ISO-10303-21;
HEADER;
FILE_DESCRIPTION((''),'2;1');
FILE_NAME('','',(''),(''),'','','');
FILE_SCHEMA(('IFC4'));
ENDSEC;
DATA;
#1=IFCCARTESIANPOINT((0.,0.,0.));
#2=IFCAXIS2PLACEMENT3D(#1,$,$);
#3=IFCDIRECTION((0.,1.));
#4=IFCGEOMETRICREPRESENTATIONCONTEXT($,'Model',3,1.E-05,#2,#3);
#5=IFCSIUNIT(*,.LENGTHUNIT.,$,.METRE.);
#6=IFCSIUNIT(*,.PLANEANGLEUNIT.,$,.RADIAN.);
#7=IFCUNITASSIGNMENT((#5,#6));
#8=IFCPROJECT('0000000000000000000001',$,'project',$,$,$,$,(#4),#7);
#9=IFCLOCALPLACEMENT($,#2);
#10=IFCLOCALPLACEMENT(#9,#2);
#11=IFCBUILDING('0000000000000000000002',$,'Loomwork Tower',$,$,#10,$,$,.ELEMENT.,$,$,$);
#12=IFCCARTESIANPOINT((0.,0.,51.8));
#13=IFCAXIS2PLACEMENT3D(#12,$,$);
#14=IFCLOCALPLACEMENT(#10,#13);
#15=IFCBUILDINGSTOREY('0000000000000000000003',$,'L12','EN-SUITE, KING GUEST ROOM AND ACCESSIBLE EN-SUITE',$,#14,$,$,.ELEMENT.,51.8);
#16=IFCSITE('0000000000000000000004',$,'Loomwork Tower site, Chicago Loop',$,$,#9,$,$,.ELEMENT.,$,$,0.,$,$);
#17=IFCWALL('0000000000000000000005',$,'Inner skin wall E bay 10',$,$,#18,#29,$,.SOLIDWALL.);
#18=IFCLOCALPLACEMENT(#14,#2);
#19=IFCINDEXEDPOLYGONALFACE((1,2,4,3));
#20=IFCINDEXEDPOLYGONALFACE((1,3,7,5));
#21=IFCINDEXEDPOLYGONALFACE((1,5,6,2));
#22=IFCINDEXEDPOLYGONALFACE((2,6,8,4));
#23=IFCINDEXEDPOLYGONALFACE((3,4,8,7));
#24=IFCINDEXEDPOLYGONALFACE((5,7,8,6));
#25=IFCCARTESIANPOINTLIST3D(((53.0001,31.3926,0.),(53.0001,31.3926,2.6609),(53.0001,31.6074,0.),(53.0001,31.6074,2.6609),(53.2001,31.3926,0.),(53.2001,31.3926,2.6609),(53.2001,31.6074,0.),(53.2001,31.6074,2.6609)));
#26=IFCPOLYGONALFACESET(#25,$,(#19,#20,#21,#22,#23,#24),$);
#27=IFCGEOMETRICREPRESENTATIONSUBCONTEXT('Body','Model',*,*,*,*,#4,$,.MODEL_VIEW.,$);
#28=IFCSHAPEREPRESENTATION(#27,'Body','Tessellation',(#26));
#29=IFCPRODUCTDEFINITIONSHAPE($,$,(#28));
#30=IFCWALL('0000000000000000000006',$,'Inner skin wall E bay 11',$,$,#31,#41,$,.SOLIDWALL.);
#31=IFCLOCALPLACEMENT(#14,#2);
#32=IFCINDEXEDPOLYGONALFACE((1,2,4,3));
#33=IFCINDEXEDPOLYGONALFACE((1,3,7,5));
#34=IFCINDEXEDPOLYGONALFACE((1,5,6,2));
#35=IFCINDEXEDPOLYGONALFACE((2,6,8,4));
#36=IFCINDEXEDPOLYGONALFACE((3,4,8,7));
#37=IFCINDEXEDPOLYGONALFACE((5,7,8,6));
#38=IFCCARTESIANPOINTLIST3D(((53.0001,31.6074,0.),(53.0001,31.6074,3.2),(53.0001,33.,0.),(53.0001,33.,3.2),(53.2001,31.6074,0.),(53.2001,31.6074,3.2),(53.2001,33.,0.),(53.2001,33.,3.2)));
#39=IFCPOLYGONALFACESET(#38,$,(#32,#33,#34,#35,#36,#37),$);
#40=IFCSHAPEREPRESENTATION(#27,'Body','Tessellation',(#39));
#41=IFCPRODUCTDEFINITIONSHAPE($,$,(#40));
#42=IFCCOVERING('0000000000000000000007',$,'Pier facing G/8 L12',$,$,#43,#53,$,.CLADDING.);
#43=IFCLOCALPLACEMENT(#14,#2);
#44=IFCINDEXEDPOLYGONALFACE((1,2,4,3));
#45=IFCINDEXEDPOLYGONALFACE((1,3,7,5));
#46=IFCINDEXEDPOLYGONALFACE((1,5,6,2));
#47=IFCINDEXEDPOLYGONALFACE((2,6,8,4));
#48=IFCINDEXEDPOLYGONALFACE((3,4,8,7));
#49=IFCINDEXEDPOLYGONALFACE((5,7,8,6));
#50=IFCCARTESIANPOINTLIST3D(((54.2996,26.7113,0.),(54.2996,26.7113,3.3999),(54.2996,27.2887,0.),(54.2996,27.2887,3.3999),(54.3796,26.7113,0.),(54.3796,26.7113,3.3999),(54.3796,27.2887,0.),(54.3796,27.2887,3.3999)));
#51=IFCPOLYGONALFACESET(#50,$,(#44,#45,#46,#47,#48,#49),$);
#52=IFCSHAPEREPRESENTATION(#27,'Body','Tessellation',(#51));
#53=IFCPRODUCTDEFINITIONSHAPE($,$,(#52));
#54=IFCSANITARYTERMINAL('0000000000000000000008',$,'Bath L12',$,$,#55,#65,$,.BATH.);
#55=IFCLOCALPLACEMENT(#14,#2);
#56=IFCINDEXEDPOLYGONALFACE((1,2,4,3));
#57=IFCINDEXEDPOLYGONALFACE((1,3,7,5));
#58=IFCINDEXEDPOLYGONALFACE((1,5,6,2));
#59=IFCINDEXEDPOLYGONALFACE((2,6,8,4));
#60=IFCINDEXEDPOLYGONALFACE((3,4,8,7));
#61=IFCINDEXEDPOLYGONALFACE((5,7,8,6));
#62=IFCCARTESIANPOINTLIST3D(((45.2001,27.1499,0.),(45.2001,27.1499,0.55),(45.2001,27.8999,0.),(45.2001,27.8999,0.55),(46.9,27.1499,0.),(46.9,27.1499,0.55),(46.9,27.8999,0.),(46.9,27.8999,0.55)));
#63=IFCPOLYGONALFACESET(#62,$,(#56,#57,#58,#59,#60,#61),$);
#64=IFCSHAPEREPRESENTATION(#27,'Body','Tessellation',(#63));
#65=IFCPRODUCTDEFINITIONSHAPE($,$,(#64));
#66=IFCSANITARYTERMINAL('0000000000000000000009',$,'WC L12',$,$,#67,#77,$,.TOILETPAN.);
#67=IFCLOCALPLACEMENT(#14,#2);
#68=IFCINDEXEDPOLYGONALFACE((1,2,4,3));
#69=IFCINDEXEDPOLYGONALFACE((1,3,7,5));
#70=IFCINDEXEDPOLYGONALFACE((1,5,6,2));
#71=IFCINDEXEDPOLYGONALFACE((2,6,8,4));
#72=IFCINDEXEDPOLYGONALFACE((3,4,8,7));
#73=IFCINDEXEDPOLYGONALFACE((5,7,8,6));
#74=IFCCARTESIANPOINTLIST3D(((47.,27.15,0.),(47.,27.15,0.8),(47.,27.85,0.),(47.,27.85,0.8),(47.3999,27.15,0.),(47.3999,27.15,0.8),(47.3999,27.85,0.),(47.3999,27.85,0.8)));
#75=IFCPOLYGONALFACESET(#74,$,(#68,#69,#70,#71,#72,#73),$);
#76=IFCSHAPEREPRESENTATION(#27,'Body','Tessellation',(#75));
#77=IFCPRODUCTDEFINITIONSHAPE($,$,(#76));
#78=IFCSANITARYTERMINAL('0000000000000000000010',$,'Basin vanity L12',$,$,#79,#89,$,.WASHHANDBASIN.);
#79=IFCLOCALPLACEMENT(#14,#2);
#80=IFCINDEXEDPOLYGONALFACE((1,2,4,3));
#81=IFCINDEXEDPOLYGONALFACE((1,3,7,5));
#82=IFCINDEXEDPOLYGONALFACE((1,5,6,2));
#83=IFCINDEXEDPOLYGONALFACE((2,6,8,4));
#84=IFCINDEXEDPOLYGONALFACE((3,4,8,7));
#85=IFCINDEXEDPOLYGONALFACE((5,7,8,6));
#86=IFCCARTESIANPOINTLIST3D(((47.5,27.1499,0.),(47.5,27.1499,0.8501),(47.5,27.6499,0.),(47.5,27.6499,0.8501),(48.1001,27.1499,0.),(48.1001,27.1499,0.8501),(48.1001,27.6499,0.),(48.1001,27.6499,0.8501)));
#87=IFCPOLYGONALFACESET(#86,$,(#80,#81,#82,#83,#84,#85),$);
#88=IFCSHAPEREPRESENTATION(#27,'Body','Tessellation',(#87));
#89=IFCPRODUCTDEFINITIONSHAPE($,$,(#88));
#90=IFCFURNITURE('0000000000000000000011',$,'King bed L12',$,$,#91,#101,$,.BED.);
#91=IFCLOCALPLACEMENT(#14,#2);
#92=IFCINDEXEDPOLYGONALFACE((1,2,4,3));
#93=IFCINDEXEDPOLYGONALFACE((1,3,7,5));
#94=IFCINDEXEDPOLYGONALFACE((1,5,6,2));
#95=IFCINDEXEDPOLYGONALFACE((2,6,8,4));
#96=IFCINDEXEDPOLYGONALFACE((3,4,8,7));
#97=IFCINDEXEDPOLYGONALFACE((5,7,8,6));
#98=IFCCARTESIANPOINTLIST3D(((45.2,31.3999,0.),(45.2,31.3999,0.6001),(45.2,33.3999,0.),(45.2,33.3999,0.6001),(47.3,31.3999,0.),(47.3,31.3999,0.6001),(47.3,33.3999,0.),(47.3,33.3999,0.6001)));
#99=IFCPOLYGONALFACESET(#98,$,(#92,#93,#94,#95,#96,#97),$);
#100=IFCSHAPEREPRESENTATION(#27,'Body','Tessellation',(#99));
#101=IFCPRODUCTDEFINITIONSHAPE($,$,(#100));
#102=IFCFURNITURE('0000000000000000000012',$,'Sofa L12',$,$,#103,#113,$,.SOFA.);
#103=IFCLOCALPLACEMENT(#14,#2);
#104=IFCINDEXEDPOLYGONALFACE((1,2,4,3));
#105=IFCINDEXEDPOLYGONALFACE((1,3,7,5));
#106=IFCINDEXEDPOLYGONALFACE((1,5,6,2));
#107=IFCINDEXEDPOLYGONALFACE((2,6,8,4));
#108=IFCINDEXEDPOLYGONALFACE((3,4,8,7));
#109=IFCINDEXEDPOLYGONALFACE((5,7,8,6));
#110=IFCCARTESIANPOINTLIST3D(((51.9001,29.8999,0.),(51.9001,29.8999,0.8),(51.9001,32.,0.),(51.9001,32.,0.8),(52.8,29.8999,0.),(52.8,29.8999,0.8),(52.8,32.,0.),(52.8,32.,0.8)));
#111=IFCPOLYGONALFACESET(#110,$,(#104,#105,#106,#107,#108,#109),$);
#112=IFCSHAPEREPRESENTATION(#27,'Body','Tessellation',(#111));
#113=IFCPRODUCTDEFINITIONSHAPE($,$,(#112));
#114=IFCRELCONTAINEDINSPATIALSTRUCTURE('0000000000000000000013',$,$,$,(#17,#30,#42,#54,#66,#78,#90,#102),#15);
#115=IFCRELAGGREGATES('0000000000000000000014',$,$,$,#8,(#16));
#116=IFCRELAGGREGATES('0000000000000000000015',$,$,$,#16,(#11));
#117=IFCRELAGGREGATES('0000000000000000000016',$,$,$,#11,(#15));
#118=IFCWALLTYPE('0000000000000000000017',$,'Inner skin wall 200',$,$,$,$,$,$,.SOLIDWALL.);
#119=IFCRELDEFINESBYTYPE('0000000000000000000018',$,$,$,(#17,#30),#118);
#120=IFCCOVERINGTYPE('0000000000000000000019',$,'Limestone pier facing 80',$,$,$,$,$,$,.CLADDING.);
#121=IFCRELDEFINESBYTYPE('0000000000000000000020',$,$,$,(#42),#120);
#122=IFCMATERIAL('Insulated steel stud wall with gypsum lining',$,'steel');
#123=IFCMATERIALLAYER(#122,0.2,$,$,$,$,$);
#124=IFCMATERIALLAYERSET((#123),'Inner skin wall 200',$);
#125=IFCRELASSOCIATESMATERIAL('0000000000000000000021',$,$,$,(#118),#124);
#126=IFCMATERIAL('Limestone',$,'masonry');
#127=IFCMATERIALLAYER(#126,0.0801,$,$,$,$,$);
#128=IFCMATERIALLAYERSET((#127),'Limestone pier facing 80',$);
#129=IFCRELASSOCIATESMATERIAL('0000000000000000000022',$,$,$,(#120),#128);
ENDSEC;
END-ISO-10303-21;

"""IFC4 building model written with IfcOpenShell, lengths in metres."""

from ifc_helpers import new_model, si_unit, direction, frame, frame_2d, origin, origin_2d, place, context, subcontext, project, spatial, rectangle, extrude, material, layer, layer_set, type_object, element, save


model = new_model("IFC4")

# Units and contexts
model_context = context("Model", 3, precision=1e-05, world=origin(), true_north=direction((0.0, 1.0)))
body_context = subcontext(model_context, "Body", "Model", "MODEL_VIEW")
ifc_project = project(units=[si_unit("LENGTHUNIT", "METRE"), si_unit("PLANEANGLEUNIT", "RADIAN")], contexts=[model_context])

# Site, building, storey
site_placement = place(None, origin())
site = spatial("IfcSite", under=ifc_project, at=site_placement, Name="Loomwork Tower site, Chicago Loop", CompositionType="ELEMENT", RefElevation=0.0)
building_placement = place(site_placement, origin())
building = spatial("IfcBuilding", under=site, at=building_placement, Name="Loomwork Tower", CompositionType="ELEMENT")
storey_placement = place(building_placement, frame((0.0, 0.0, 51.8)))
storey = spatial("IfcBuildingStorey", under=building, at=storey_placement, Name="L12", Description="EN-SUITE, KING GUEST ROOM AND ACCESSIBLE EN-SUITE", CompositionType="ELEMENT", Elevation=51.8)

# Walls
ifc_material_1 = material(Name="Insulated steel stud wall with gypsum lining", Category="steel")
ifc_layer_1 = layer(ifc_material_1, 0.2)
ifc_layer_set_1 = layer_set([ifc_layer_1], Name="Inner skin wall 200")
wall_type_1 = type_object("IfcWallType", Name="Inner skin wall 200", PredefinedType="SOLIDWALL", material=ifc_layer_set_1)
wall_1_placement = place(storey_placement, frame((53.1001, 31.3926, 0.0), z_axis=(0.0, 0.0, 1.0), x_axis=(0.0, 1.0, 0.0)))
element("IfcWall", 1, at=wall_1_placement, inside=storey, type_object=wall_type_1, Name="Inner skin wall E bay 10", PredefinedType="SOLIDWALL", context=body_context, shape_type="SweptSolid", body=[
    extrude(rectangle(XDim=0.2148, YDim=0.2, at=frame_2d((0.1074, 0.0))), origin(), (0.0, 0.0, 1.0), 2.6609),
])
wall_2_placement = place(storey_placement, frame((53.1001, 31.6074, 0.0), z_axis=(0.0, 0.0, 1.0), x_axis=(0.0, 1.0, 0.0)))
element("IfcWall", 2, at=wall_2_placement, inside=storey, type_object=wall_type_1, Name="Inner skin wall E bay 11", PredefinedType="SOLIDWALL", context=body_context, shape_type="SweptSolid", body=[
    extrude(rectangle(XDim=1.3926, YDim=0.2, at=frame_2d((0.6963, 0.0))), origin(), (0.0, 0.0, 1.0), 3.2),
])

# Covering
ifc_material_2 = material(Name="Limestone", Category="masonry")
ifc_layer_2 = layer(ifc_material_2, 0.0801)
ifc_layer_set_2 = layer_set([ifc_layer_2], Name="Limestone pier facing 80")
covering_type = type_object("IfcCoveringType", Name="Limestone pier facing 80", PredefinedType="CLADDING", material=ifc_layer_set_2)
covering_placement = place(storey_placement, frame((54.3396, 27.0, 0.0), z_axis=(0.0, 0.0, 1.0), x_axis=(1.0, 0.0, 0.0)))
element("IfcCovering", 3, at=covering_placement, inside=storey, type_object=covering_type, Name="Pier facing G/8 L12", PredefinedType="CLADDING", context=body_context, shape_type="SweptSolid", body=[
    extrude(rectangle(XDim=0.0801, YDim=0.5774, at=origin_2d()), origin(), (0.0, 0.0, 1.0), 3.3999),
])

# Sanitary terminals
sanitary_terminal_1_placement = place(storey_placement, frame((46.05, 27.5249, 0.0), z_axis=(0.0, 0.0, 1.0), x_axis=(1.0, 0.0, 0.0)))
element("IfcSanitaryTerminal", 4, at=sanitary_terminal_1_placement, inside=storey, Name="Bath L12", PredefinedType="BATH", context=body_context, shape_type="SweptSolid", body=[
    extrude(rectangle(XDim=1.7, YDim=0.75, at=origin_2d()), origin(), (0.0, 0.0, 1.0), 0.55),
])
sanitary_terminal_2_placement = place(storey_placement, frame((47.2, 27.5, 0.0), z_axis=(0.0, 0.0, 1.0), x_axis=(1.0, 0.0, 0.0)))
element("IfcSanitaryTerminal", 5, at=sanitary_terminal_2_placement, inside=storey, Name="WC L12", PredefinedType="TOILETPAN", context=body_context, shape_type="SweptSolid", body=[
    extrude(rectangle(XDim=0.3999, YDim=0.7, at=origin_2d()), origin(), (0.0, 0.0, 1.0), 0.8),
])
sanitary_terminal_3_placement = place(storey_placement, frame((47.8, 27.3999, 0.0), z_axis=(0.0, 0.0, 1.0), x_axis=(1.0, 0.0, 0.0)))
element("IfcSanitaryTerminal", 6, at=sanitary_terminal_3_placement, inside=storey, Name="Basin vanity L12", PredefinedType="WASHHANDBASIN", context=body_context, shape_type="SweptSolid", body=[
    extrude(rectangle(XDim=0.6001, YDim=0.5, at=origin_2d()), origin(), (0.0, 0.0, 1.0), 0.8501),
])

# Furniture
furniture_1_placement = place(storey_placement, frame((46.25, 32.3999, 0.0), z_axis=(0.0, 0.0, 1.0), x_axis=(1.0, 0.0, 0.0)))
element("IfcFurniture", 7, at=furniture_1_placement, inside=storey, Name="King bed L12", PredefinedType="BED", context=body_context, shape_type="SweptSolid", body=[
    extrude(rectangle(XDim=2.1001, YDim=2.0, at=origin_2d()), origin(), (0.0, 0.0, 1.0), 0.6001),
])
furniture_2_placement = place(storey_placement, frame((52.3501, 30.95, 0.0), z_axis=(0.0, 0.0, 1.0), x_axis=(1.0, 0.0, 0.0)))
element("IfcFurniture", 8, at=furniture_2_placement, inside=storey, Name="Sofa L12", PredefinedType="SOFA", context=body_context, shape_type="SweptSolid", body=[
    extrude(rectangle(XDim=0.8999, YDim=2.1001, at=origin_2d()), origin(), (0.0, 0.0, 1.0), 0.8),
])

save(model, "model.ifc")
